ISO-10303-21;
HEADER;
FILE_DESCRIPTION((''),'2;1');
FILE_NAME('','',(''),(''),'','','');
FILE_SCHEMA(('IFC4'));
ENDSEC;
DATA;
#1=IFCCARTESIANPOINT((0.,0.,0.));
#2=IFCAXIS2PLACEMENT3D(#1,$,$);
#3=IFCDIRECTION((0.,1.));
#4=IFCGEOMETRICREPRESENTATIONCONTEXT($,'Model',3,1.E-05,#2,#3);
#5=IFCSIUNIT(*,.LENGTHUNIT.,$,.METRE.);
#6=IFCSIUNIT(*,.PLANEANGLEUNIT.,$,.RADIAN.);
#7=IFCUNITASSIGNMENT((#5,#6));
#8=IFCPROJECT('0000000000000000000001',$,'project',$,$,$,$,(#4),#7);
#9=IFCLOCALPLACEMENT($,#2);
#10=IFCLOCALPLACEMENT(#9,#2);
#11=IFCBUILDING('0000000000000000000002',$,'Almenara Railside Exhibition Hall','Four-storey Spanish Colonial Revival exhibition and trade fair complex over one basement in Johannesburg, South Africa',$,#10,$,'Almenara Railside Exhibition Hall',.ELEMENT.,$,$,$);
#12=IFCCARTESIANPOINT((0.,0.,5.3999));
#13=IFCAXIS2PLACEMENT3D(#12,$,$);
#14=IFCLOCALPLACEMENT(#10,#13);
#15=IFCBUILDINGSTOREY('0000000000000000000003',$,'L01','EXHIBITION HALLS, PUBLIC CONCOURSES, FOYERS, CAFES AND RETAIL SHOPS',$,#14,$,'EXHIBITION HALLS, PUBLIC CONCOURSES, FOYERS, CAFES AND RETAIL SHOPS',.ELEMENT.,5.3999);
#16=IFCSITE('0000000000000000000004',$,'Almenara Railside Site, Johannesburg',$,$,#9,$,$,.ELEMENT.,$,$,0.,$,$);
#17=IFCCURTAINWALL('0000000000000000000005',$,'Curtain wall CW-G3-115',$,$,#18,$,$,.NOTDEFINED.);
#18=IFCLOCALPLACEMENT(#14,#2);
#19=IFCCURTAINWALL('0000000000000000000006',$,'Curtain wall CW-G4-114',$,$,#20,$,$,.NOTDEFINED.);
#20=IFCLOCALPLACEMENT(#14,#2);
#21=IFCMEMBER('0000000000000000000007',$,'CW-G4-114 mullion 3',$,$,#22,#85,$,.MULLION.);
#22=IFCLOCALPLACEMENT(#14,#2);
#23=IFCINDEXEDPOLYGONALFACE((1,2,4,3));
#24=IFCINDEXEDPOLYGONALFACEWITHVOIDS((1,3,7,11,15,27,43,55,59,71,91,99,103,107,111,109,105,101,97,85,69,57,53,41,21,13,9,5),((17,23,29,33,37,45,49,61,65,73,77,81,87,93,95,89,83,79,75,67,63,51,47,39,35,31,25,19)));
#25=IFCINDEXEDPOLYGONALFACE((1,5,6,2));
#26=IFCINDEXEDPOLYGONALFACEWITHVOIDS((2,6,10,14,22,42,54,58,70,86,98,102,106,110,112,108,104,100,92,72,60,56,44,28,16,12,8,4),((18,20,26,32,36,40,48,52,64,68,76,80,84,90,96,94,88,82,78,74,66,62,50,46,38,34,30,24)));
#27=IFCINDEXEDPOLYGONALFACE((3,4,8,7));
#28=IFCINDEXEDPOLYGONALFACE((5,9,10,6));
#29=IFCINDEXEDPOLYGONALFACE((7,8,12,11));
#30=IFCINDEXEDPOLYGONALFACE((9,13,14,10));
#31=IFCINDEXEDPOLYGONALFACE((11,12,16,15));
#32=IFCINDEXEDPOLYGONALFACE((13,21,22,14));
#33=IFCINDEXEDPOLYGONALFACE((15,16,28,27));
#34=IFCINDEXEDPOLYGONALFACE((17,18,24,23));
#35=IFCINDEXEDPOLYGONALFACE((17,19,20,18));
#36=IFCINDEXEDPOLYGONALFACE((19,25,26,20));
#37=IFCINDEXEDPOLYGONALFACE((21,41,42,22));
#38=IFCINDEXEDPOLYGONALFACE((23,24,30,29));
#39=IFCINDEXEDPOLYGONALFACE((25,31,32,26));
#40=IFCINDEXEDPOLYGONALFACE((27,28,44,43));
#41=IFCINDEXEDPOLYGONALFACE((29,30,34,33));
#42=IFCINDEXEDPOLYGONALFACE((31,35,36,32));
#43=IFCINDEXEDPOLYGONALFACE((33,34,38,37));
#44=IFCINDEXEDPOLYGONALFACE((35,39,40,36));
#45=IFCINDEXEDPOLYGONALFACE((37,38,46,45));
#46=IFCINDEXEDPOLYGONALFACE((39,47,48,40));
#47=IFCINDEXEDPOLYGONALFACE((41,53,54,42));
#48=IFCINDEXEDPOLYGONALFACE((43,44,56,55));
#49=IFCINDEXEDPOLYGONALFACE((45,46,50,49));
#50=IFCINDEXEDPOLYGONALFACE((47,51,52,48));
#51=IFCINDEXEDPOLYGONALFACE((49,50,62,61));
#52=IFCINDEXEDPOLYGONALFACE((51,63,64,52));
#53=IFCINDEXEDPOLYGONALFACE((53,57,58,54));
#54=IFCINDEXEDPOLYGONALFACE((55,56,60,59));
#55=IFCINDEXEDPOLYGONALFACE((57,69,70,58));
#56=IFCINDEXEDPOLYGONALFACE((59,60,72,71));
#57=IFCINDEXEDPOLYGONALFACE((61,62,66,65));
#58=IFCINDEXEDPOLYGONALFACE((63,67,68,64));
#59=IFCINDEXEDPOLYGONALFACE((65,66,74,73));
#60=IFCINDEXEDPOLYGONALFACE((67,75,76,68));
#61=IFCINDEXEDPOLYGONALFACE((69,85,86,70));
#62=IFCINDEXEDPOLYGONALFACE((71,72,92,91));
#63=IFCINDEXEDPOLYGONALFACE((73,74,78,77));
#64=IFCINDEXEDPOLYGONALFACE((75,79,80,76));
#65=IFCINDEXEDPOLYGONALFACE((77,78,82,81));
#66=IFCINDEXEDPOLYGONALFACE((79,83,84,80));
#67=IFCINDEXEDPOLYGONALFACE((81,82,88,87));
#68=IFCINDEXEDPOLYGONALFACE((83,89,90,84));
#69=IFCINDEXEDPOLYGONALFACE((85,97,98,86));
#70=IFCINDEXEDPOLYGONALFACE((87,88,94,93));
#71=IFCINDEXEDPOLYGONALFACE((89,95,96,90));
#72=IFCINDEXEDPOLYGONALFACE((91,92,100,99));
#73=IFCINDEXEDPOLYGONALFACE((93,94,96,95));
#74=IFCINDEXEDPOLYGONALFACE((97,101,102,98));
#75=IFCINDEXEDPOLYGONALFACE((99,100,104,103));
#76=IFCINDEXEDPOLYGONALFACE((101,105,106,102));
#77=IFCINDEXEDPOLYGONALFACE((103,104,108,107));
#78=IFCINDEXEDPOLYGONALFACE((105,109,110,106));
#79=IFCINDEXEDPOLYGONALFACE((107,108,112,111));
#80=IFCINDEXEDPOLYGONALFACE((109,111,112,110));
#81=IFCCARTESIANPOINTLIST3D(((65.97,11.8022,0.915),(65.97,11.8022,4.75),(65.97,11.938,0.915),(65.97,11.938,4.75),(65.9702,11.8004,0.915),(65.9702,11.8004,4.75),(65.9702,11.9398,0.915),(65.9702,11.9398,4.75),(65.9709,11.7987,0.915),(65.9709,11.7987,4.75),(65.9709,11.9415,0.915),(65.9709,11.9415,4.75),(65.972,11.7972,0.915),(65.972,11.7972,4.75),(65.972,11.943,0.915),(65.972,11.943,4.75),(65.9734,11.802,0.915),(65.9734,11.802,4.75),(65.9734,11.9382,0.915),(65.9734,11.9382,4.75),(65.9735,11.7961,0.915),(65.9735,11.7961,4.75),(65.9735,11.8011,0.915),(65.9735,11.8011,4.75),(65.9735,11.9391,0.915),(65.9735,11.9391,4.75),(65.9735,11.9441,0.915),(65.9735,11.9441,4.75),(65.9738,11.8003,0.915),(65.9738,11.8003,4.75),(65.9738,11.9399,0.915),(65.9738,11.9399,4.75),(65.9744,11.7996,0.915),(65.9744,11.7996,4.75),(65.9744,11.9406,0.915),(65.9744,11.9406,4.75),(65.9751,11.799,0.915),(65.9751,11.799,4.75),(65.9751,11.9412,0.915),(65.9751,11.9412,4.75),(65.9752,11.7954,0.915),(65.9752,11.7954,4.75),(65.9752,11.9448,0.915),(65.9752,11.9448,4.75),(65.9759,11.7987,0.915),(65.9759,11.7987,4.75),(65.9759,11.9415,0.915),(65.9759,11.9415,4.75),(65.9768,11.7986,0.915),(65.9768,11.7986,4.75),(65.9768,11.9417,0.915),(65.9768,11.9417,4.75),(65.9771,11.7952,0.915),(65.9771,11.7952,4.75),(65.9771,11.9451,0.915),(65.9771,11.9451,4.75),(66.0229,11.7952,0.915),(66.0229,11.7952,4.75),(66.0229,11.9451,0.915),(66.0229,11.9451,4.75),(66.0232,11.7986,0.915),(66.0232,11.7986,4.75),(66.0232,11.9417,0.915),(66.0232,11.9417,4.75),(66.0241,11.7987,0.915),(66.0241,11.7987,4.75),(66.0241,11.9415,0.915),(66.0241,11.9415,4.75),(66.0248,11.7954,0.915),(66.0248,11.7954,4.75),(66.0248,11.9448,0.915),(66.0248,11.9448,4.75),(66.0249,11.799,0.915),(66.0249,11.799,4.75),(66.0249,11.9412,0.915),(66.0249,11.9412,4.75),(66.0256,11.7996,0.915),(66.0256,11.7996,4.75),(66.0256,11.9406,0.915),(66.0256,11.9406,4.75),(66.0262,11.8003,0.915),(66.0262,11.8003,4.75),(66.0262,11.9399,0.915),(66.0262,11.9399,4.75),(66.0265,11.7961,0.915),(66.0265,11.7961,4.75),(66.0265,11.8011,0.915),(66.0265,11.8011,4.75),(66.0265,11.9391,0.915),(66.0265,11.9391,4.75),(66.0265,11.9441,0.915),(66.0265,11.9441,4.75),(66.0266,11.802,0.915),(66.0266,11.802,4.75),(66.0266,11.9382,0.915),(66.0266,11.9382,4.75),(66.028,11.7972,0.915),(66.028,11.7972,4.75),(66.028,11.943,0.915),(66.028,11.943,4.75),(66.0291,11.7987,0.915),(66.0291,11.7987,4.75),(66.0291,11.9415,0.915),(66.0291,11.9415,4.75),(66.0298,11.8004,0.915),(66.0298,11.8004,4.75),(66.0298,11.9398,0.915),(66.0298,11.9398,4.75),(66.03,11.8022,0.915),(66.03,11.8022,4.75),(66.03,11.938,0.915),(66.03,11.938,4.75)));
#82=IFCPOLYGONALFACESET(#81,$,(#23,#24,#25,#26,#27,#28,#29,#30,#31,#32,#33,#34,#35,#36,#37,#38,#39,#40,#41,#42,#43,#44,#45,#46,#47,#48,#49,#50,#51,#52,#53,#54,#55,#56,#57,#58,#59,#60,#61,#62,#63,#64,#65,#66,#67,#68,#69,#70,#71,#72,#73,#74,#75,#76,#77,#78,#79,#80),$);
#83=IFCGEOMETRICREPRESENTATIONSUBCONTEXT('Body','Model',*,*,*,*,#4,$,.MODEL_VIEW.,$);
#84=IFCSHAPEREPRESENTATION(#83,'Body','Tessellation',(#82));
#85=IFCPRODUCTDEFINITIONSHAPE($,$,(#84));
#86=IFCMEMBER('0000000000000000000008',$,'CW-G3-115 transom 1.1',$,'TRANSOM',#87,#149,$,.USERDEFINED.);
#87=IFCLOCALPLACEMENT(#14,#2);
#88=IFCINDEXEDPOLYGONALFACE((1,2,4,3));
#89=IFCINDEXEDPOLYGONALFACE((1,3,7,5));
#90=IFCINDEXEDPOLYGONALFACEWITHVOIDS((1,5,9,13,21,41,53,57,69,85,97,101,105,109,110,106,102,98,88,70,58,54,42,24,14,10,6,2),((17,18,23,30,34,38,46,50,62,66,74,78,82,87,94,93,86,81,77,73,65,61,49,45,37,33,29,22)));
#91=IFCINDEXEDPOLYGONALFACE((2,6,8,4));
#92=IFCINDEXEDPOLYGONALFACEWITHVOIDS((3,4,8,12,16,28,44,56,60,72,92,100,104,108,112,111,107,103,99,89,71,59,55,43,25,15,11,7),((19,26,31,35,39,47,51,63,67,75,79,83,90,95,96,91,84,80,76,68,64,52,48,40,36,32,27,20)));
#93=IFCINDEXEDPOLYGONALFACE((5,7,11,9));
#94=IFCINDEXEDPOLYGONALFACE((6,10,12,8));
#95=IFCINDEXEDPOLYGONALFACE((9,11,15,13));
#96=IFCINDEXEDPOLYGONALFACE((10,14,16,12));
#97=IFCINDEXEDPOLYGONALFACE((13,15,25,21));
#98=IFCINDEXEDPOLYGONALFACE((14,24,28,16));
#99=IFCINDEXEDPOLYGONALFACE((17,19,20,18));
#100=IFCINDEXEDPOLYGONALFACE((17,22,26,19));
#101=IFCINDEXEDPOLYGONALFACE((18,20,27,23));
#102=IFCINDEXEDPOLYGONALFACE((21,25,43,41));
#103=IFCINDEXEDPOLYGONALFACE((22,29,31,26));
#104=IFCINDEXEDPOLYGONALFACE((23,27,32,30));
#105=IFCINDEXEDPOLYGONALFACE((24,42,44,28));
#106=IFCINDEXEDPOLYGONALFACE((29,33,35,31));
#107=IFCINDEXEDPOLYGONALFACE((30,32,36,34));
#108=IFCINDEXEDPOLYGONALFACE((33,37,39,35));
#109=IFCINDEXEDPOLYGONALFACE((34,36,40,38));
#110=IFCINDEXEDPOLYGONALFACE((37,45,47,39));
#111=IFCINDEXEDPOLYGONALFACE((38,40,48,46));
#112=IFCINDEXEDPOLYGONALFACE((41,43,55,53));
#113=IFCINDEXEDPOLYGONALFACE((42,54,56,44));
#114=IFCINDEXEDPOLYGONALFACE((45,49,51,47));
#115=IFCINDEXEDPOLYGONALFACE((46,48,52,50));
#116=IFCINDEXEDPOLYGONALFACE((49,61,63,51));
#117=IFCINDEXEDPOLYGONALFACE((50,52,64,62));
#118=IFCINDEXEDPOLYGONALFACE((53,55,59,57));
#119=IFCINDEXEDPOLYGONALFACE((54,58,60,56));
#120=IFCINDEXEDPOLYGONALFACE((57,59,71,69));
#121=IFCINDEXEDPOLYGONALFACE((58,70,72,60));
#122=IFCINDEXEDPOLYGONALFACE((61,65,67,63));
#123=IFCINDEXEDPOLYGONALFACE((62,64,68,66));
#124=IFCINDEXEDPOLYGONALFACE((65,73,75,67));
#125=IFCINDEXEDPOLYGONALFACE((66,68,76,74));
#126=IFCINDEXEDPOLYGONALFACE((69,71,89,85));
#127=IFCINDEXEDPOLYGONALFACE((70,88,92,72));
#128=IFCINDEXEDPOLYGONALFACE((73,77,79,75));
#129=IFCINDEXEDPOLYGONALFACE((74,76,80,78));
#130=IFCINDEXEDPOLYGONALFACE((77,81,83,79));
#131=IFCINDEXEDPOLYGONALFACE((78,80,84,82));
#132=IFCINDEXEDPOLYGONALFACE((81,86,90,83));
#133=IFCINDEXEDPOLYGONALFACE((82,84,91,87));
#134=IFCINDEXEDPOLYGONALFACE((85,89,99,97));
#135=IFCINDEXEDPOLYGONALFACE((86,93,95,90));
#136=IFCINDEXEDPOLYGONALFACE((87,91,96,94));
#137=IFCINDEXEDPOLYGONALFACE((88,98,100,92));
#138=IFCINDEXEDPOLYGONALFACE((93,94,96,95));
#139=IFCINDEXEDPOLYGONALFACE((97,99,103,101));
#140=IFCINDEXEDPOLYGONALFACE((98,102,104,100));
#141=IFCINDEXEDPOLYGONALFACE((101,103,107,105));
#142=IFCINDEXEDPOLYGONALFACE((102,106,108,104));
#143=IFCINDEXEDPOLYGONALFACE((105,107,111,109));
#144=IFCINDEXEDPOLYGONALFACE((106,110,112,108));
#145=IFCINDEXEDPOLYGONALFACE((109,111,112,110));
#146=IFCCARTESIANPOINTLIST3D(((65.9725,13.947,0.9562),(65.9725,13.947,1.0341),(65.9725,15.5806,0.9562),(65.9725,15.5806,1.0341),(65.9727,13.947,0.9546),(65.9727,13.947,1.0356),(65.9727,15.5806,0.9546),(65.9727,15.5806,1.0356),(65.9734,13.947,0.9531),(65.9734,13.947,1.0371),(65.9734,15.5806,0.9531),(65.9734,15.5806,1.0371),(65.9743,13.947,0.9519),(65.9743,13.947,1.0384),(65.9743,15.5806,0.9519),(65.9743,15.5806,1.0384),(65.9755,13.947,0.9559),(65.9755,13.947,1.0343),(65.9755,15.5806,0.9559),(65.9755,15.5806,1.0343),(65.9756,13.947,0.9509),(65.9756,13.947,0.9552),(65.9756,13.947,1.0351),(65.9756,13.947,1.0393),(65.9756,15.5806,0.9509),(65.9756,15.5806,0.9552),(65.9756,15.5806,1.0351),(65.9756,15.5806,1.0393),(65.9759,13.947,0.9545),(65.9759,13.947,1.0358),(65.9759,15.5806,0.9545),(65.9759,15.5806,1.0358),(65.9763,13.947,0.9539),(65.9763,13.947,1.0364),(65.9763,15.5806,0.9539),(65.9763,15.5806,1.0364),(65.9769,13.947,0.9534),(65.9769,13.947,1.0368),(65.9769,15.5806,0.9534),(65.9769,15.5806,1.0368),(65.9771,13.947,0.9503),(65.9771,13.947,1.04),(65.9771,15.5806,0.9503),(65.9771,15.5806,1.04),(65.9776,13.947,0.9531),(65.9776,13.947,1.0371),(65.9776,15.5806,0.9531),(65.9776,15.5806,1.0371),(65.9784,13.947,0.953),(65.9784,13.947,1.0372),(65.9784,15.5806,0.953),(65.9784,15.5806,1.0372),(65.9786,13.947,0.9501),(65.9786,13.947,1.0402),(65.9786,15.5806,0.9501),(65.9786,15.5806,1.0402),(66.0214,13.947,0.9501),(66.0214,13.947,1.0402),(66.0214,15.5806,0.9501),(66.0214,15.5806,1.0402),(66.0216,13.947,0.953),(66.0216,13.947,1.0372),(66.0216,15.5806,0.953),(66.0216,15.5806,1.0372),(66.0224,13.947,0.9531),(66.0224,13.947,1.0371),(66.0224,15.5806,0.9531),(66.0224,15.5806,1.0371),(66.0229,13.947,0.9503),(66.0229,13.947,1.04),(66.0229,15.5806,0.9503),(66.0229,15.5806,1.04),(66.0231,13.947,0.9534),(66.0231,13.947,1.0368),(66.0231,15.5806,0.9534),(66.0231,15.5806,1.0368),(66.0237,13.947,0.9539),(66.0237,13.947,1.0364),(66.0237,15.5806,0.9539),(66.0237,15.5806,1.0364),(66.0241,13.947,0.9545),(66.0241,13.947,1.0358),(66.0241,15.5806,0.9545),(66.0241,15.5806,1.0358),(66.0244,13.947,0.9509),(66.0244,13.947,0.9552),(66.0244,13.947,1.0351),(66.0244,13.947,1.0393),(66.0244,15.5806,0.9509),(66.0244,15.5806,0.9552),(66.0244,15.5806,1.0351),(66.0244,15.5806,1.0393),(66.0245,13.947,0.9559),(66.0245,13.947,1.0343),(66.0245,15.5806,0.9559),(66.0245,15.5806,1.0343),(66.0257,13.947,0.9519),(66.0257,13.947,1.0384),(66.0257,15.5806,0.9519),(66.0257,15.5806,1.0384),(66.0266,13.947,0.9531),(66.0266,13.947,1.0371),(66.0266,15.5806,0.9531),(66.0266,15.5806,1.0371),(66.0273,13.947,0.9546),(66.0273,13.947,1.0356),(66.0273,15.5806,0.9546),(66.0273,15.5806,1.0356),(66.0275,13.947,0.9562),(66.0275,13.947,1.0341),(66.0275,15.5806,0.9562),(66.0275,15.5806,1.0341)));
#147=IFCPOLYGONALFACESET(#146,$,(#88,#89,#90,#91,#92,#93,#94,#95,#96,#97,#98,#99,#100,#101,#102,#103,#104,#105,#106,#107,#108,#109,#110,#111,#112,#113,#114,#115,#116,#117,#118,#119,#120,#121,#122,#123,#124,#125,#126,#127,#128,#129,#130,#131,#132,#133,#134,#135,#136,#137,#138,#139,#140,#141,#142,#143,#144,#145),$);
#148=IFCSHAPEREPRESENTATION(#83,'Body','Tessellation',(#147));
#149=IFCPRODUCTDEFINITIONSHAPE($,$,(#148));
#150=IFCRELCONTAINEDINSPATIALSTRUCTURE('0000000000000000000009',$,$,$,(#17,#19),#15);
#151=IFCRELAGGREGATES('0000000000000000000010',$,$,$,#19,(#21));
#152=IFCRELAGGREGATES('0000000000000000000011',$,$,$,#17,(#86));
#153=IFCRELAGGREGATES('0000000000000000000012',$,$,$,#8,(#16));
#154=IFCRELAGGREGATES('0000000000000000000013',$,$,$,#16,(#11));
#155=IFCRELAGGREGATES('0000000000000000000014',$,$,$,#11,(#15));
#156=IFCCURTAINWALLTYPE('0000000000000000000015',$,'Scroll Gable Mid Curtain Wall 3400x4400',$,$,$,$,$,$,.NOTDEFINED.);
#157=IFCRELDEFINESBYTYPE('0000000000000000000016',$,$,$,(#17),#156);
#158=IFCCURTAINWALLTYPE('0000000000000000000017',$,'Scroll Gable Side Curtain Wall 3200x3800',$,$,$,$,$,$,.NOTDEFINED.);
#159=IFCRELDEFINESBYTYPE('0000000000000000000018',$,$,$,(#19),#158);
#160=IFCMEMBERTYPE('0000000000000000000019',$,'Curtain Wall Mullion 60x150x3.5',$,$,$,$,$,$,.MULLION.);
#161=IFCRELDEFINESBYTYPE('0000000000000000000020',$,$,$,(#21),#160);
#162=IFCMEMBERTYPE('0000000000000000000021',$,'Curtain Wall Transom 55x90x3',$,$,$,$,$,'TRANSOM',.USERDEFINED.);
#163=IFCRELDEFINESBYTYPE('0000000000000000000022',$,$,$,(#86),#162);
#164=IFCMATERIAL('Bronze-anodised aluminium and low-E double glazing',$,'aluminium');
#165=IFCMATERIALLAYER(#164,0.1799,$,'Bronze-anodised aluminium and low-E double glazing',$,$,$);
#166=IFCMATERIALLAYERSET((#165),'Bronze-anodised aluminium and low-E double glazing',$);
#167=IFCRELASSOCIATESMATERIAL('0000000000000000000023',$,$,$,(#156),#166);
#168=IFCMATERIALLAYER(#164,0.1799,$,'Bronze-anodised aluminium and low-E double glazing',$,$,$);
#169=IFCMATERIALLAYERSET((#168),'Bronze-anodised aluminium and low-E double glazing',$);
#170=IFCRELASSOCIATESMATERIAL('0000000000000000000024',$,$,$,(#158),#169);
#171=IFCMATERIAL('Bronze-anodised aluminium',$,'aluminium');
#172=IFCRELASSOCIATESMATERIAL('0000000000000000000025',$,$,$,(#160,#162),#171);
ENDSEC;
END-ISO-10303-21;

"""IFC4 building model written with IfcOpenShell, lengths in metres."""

from ifc_helpers import new_model, si_unit, direction, frame, origin, origin_2d, place, context, subcontext, project, spatial, hollow_rectangle, extrude, material, layer, layer_set, material_profile, profile_set, type_object, element, aggregate, save


model = new_model("IFC4")

# Units and contexts
model_context = context("Model", 3, precision=1e-05, world=origin(), true_north=direction((0.0, 1.0)))
body_context = subcontext(model_context, "Body", "Model", "MODEL_VIEW")
ifc_project = project(units=[si_unit("LENGTHUNIT", "METRE"), si_unit("PLANEANGLEUNIT", "RADIAN")], contexts=[model_context])

# Site, building, storey
site_placement = place(None, origin())
site = spatial("IfcSite", under=ifc_project, at=site_placement, Name="Almenara Railside Site, Johannesburg", CompositionType="ELEMENT", RefElevation=0.0)
building_placement = place(site_placement, origin())
building = spatial("IfcBuilding", under=site, at=building_placement, Name="Almenara Railside Exhibition Hall", Description="Four-storey Spanish Colonial Revival exhibition and trade fair complex over one basement in Johannesburg, South Africa", LongName="Almenara Railside Exhibition Hall", CompositionType="ELEMENT")
storey_placement = place(building_placement, frame((0.0, 0.0, 5.3999)))
storey = spatial("IfcBuildingStorey", under=building, at=storey_placement, Name="L01", Description="EXHIBITION HALLS, PUBLIC CONCOURSES, FOYERS, CAFES AND RETAIL SHOPS", LongName="EXHIBITION HALLS, PUBLIC CONCOURSES, FOYERS, CAFES AND RETAIL SHOPS", CompositionType="ELEMENT", Elevation=5.3999)

# Curtain wall
ifc_material_1 = material(Name="Bronze-anodised aluminium and low-E double glazing", Category="aluminium")
ifc_layer_1 = layer(ifc_material_1, 0.1799, Name="Bronze-anodised aluminium and low-E double glazing")
ifc_layer_set_1 = layer_set([ifc_layer_1], Name="Bronze-anodised aluminium and low-E double glazing")
curtain_wall_type_1 = type_object("IfcCurtainWallType", Name="Scroll Gable Mid Curtain Wall 3400x4400", PredefinedType="NOTDEFINED", material=ifc_layer_set_1)
curtain_wall_1_placement = place(storey_placement, origin())
curtain_wall_1 = element("IfcCurtainWall", 1, at=curtain_wall_1_placement, inside=storey, type_object=curtain_wall_type_1, Name="Curtain wall CW-G3-115", PredefinedType="NOTDEFINED")
ifc_material_2 = material(Name="Bronze-anodised aluminium", Category="aluminium")

# Curtain wall, member
ifc_layer_2 = layer(ifc_material_1, 0.1799, Name="Bronze-anodised aluminium and low-E double glazing")
ifc_layer_set_2 = layer_set([ifc_layer_2], Name="Bronze-anodised aluminium and low-E double glazing")
curtain_wall_type_2 = type_object("IfcCurtainWallType", Name="Scroll Gable Side Curtain Wall 3200x3800", PredefinedType="NOTDEFINED", material=ifc_layer_set_2)
curtain_wall_2_placement = place(storey_placement, origin())
curtain_wall_2 = element("IfcCurtainWall", 2, at=curtain_wall_2_placement, inside=storey, type_object=curtain_wall_type_2, Name="Curtain wall CW-G4-114", PredefinedType="NOTDEFINED")
ifc_material_profile_1 = material_profile(ifc_material_2, hollow_rectangle(XDim=0.0601, YDim=0.1499, WallThickness=0.0034, InnerFilletRadius=0.0034, OuterFilletRadius=0.0071, at=origin_2d()), Name="ALU-MUL 60x150x3.5")
ifc_profile_set_1 = profile_set([ifc_material_profile_1], Name="Bronze-anodised aluminium")
member_type_1 = type_object("IfcMemberType", Name="Curtain Wall Mullion 60x150x3.5", PredefinedType="MULLION", material=ifc_profile_set_1)
member_1_placement = place(storey_placement, frame((66.0, 11.8701, 0.915), z_axis=(0.0, 0.0, 1.0), x_axis=(-1.0, 0.0, 0.0)))
member_1 = element("IfcMember", 3, at=member_1_placement, type_object=member_type_1, Name="CW-G4-114 mullion 3", PredefinedType="MULLION", context=body_context, shape_type="SweptSolid", body=[
    extrude(hollow_rectangle(XDim=0.0601, YDim=0.1499, WallThickness=0.0034, InnerFilletRadius=0.0034, OuterFilletRadius=0.0071, at=origin_2d()), origin(), (0.0, 0.0, 1.0), 3.835),
])
aggregate(curtain_wall_2, [member_1])

# Member
ifc_material_profile_2 = material_profile(ifc_material_2, hollow_rectangle(XDim=0.0549, YDim=0.0901, WallThickness=0.0029, InnerFilletRadius=0.0029, OuterFilletRadius=0.0061, at=origin_2d()), Name="ALU-TRN 55x90x3")
ifc_profile_set_2 = profile_set([ifc_material_profile_2], Name="Bronze-anodised aluminium")
member_type_2 = type_object("IfcMemberType", Name="Curtain Wall Transom 55x90x3", ElementType="TRANSOM", PredefinedType="USERDEFINED", material=ifc_profile_set_2)
member_2_placement = place(storey_placement, frame((66.0, 13.947, 0.9951), z_axis=(0.0, 1.0, 0.0), x_axis=(-1.0, 0.0, 0.0)))
member_2 = element("IfcMember", 4, at=member_2_placement, type_object=member_type_2, Name="CW-G3-115 transom 1.1", ObjectType="TRANSOM", PredefinedType="USERDEFINED", context=body_context, shape_type="SweptSolid", body=[
    extrude(hollow_rectangle(XDim=0.0549, YDim=0.0901, WallThickness=0.0029, InnerFilletRadius=0.0029, OuterFilletRadius=0.0061, at=origin_2d()), origin(), (0.0, 0.0, 1.0), 1.6335),
])

aggregate(curtain_wall_1, [member_2])

save(model, "model.ifc")
